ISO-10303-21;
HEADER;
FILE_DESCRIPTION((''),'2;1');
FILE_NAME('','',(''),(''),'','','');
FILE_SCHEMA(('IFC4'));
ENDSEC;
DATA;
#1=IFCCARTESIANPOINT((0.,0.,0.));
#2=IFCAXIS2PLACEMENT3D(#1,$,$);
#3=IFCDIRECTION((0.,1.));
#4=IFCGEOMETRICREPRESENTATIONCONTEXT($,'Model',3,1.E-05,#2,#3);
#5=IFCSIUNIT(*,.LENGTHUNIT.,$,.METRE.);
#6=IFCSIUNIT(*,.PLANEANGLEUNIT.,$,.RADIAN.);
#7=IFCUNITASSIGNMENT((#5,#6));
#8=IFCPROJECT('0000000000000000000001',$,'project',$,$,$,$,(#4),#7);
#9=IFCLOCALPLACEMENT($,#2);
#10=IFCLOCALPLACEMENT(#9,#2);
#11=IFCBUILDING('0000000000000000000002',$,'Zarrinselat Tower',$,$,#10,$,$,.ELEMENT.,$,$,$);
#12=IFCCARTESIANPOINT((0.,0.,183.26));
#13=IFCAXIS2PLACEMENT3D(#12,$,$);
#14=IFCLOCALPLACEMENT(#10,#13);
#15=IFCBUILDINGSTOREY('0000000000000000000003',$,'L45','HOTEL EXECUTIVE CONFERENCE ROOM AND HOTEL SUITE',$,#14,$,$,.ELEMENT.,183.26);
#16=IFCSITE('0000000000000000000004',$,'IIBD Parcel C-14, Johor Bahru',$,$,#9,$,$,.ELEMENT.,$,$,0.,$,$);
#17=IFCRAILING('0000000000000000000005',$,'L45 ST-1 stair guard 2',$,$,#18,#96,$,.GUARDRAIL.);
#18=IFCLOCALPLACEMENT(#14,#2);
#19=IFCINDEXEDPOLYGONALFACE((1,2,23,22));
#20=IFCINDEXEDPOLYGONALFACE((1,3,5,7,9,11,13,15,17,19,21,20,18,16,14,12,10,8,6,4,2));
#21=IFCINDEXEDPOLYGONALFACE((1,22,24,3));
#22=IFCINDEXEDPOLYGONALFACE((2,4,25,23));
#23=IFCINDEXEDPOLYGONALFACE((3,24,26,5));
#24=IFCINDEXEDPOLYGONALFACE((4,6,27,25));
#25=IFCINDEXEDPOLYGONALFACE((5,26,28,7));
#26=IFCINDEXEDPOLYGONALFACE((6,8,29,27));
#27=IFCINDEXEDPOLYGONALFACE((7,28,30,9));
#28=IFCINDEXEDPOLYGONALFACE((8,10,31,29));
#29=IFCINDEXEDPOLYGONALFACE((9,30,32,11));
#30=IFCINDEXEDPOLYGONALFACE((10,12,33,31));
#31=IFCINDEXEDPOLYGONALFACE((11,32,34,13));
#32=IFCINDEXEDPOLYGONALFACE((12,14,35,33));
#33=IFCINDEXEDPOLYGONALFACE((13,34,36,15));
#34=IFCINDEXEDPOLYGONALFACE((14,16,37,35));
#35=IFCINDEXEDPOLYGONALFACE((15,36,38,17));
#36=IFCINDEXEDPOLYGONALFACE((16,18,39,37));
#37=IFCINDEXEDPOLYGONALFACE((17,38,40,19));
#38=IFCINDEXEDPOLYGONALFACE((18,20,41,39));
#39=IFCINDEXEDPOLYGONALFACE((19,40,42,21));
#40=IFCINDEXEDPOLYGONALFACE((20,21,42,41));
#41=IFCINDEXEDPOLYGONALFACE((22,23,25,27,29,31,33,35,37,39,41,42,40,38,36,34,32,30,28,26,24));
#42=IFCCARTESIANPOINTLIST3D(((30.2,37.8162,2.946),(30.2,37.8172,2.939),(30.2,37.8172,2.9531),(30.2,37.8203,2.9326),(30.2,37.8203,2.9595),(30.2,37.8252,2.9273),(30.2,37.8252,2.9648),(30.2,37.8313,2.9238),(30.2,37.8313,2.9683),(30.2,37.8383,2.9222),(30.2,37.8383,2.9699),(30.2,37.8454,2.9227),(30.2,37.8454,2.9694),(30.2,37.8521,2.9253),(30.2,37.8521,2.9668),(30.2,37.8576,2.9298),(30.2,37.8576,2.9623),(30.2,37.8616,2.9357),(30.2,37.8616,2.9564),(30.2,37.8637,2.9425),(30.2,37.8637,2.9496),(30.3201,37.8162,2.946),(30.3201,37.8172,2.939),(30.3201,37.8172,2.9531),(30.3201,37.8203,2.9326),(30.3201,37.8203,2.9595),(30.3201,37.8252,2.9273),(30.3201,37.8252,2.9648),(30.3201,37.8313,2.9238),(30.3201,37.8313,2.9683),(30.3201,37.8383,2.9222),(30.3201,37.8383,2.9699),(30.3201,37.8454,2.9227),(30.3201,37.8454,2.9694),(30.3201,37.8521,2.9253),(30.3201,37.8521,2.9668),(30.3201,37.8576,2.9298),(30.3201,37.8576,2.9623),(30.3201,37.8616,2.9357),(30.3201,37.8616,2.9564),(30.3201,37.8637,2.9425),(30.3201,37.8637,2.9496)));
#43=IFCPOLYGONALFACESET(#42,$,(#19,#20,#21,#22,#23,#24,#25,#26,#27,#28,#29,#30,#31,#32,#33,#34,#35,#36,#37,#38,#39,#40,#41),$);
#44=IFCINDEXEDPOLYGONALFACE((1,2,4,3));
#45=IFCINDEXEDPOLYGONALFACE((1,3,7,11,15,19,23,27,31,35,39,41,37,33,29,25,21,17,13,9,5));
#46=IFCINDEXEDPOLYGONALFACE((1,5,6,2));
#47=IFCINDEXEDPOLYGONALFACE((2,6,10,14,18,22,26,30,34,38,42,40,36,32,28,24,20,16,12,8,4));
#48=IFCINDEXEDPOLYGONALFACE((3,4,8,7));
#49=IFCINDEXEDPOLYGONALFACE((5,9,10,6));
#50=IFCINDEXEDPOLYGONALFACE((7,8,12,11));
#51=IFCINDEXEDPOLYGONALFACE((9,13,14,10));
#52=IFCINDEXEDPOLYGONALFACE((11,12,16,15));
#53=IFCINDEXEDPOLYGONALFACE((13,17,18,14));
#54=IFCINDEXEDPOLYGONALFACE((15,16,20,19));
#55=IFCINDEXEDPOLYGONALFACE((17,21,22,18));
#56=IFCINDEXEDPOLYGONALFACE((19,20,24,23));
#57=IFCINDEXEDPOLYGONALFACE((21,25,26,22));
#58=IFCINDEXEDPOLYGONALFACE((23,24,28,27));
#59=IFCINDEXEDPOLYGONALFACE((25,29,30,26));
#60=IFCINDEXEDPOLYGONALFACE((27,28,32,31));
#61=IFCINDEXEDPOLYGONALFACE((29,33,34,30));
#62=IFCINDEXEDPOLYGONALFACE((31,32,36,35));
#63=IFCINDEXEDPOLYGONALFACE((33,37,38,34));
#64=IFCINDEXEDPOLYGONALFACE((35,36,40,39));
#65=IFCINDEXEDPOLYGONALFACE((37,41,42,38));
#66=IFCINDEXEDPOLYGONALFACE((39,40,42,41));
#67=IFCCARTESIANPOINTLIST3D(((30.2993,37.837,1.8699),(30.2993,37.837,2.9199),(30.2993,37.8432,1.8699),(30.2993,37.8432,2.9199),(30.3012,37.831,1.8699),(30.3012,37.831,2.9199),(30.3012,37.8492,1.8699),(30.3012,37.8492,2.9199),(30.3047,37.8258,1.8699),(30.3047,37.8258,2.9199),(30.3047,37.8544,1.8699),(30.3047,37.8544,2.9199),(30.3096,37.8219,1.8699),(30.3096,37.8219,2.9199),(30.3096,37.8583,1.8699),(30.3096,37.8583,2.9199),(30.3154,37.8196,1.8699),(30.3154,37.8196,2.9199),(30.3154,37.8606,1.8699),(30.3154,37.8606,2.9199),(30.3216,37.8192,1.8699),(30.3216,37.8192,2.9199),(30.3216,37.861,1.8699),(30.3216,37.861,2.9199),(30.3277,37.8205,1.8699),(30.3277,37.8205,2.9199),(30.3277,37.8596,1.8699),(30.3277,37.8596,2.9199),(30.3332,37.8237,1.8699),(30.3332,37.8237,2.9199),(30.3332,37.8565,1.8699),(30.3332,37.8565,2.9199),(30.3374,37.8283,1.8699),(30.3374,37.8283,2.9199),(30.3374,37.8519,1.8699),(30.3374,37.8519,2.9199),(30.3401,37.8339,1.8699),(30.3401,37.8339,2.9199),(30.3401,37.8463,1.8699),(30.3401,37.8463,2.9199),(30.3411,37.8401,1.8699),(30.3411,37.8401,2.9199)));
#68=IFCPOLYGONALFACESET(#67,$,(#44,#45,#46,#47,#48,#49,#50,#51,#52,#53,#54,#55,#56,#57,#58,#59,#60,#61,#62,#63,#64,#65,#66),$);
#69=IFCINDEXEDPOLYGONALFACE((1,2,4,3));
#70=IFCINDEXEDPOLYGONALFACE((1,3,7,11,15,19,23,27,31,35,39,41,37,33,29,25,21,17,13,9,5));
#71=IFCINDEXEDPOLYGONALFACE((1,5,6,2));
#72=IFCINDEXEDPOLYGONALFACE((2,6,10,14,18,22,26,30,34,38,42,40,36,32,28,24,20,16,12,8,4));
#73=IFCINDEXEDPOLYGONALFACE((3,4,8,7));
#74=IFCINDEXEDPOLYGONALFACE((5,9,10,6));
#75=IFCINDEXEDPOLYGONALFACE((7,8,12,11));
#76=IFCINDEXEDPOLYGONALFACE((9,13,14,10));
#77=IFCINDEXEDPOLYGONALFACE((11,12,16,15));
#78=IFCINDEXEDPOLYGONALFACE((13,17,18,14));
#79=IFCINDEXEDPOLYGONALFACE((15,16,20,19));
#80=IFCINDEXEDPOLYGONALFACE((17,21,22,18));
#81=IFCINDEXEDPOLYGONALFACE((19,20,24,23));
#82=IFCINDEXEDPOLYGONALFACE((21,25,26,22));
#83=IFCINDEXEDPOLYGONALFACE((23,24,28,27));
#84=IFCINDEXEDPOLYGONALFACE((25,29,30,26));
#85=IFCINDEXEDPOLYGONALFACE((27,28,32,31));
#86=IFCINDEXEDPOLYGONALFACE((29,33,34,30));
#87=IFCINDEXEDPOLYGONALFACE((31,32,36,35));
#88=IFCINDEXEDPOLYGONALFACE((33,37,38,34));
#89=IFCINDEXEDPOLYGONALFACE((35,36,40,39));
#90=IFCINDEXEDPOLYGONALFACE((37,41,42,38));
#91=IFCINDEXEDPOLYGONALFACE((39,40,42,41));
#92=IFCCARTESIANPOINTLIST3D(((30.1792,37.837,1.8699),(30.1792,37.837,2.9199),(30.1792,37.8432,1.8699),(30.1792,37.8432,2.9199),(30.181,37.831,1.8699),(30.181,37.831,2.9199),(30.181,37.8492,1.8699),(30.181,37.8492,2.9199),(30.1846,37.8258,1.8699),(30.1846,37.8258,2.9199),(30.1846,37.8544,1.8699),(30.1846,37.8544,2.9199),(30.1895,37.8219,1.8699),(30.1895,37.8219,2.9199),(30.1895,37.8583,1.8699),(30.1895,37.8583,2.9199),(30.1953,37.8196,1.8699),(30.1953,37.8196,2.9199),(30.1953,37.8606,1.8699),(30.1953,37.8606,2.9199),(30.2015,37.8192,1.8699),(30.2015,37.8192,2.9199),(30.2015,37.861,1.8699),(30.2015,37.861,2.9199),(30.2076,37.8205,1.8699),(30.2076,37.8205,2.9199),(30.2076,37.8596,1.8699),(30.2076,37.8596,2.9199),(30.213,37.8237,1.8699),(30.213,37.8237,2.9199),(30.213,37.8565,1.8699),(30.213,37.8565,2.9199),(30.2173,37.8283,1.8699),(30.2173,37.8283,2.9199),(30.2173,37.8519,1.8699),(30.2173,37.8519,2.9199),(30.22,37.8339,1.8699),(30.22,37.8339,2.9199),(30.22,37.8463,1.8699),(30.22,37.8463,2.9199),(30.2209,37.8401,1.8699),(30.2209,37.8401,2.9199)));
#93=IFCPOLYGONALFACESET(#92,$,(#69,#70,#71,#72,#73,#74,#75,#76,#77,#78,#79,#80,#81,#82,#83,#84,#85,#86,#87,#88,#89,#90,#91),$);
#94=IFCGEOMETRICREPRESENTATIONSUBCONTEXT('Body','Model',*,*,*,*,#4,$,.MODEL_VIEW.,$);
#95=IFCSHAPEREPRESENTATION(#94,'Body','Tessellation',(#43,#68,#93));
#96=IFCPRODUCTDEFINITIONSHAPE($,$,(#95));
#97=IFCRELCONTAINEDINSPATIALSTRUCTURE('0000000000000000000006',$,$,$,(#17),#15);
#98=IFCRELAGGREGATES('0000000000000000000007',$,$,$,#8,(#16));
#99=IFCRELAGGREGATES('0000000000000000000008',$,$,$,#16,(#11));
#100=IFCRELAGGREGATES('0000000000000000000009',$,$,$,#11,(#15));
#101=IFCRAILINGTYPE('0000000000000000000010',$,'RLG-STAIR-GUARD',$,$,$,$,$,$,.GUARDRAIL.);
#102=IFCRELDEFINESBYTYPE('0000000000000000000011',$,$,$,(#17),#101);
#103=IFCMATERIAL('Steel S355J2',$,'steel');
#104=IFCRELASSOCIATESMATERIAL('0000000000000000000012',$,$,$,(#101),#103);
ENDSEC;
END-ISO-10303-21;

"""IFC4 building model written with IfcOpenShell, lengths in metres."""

from ifc_helpers import new_model, si_unit, direction, frame, origin, origin_2d, place, context, subcontext, project, spatial, circle, extrude, material, type_object, element, save


model = new_model("IFC4")

# Units and contexts
model_context = context("Model", 3, precision=1e-05, world=origin(), true_north=direction((0.0, 1.0)))
body_context = subcontext(model_context, "Body", "Model", "MODEL_VIEW")
ifc_project = project(units=[si_unit("LENGTHUNIT", "METRE"), si_unit("PLANEANGLEUNIT", "RADIAN")], contexts=[model_context])

# Site, building, storey
site_placement = place(None, origin())
site = spatial("IfcSite", under=ifc_project, at=site_placement, Name="IIBD Parcel C-14, Johor Bahru", CompositionType="ELEMENT", RefElevation=0.0)
building_placement = place(site_placement, origin())
building = spatial("IfcBuilding", under=site, at=building_placement, Name="Zarrinselat Tower", CompositionType="ELEMENT")
storey_placement = place(building_placement, frame((0.0, 0.0, 183.26)))
storey = spatial("IfcBuildingStorey", under=building, at=storey_placement, Name="L45", Description="HOTEL EXECUTIVE CONFERENCE ROOM AND HOTEL SUITE", CompositionType="ELEMENT", Elevation=183.26)

# Railing
ifc_material_1 = material(Name="Steel S355J2", Category="steel")
railing_type_1 = type_object("IfcRailingType", Name="RLG-STAIR-GUARD", PredefinedType="GUARDRAIL", material=ifc_material_1)
railing_1_placement = place(storey_placement, frame((30.3201, 37.8401, 1.8699)))
element("IfcRailing", 1, at=railing_1_placement, inside=storey, type_object=railing_type_1, Name="L45 ST-1 stair guard 2", PredefinedType="GUARDRAIL", context=body_context, shape_type="SweptSolid", body=[
    extrude(circle(Radius=0.0239, at=origin_2d()), frame((0.0, 0.0, 1.0762), z_axis=(-1.0, 0.0, 0.0), x_axis=(0.0, -1.0, 0.0)), (0.0, 0.0, 1.0), 0.1201),
    extrude(circle(Radius=0.021, at=origin_2d()), origin(), (0.0, 0.0, 1.0), 1.05),
    extrude(circle(Radius=0.021, at=origin_2d()), frame((-0.1201, 0.0, 0.0)), (0.0, 0.0, 1.0), 1.05),
])

save(model, "model.ifc")
